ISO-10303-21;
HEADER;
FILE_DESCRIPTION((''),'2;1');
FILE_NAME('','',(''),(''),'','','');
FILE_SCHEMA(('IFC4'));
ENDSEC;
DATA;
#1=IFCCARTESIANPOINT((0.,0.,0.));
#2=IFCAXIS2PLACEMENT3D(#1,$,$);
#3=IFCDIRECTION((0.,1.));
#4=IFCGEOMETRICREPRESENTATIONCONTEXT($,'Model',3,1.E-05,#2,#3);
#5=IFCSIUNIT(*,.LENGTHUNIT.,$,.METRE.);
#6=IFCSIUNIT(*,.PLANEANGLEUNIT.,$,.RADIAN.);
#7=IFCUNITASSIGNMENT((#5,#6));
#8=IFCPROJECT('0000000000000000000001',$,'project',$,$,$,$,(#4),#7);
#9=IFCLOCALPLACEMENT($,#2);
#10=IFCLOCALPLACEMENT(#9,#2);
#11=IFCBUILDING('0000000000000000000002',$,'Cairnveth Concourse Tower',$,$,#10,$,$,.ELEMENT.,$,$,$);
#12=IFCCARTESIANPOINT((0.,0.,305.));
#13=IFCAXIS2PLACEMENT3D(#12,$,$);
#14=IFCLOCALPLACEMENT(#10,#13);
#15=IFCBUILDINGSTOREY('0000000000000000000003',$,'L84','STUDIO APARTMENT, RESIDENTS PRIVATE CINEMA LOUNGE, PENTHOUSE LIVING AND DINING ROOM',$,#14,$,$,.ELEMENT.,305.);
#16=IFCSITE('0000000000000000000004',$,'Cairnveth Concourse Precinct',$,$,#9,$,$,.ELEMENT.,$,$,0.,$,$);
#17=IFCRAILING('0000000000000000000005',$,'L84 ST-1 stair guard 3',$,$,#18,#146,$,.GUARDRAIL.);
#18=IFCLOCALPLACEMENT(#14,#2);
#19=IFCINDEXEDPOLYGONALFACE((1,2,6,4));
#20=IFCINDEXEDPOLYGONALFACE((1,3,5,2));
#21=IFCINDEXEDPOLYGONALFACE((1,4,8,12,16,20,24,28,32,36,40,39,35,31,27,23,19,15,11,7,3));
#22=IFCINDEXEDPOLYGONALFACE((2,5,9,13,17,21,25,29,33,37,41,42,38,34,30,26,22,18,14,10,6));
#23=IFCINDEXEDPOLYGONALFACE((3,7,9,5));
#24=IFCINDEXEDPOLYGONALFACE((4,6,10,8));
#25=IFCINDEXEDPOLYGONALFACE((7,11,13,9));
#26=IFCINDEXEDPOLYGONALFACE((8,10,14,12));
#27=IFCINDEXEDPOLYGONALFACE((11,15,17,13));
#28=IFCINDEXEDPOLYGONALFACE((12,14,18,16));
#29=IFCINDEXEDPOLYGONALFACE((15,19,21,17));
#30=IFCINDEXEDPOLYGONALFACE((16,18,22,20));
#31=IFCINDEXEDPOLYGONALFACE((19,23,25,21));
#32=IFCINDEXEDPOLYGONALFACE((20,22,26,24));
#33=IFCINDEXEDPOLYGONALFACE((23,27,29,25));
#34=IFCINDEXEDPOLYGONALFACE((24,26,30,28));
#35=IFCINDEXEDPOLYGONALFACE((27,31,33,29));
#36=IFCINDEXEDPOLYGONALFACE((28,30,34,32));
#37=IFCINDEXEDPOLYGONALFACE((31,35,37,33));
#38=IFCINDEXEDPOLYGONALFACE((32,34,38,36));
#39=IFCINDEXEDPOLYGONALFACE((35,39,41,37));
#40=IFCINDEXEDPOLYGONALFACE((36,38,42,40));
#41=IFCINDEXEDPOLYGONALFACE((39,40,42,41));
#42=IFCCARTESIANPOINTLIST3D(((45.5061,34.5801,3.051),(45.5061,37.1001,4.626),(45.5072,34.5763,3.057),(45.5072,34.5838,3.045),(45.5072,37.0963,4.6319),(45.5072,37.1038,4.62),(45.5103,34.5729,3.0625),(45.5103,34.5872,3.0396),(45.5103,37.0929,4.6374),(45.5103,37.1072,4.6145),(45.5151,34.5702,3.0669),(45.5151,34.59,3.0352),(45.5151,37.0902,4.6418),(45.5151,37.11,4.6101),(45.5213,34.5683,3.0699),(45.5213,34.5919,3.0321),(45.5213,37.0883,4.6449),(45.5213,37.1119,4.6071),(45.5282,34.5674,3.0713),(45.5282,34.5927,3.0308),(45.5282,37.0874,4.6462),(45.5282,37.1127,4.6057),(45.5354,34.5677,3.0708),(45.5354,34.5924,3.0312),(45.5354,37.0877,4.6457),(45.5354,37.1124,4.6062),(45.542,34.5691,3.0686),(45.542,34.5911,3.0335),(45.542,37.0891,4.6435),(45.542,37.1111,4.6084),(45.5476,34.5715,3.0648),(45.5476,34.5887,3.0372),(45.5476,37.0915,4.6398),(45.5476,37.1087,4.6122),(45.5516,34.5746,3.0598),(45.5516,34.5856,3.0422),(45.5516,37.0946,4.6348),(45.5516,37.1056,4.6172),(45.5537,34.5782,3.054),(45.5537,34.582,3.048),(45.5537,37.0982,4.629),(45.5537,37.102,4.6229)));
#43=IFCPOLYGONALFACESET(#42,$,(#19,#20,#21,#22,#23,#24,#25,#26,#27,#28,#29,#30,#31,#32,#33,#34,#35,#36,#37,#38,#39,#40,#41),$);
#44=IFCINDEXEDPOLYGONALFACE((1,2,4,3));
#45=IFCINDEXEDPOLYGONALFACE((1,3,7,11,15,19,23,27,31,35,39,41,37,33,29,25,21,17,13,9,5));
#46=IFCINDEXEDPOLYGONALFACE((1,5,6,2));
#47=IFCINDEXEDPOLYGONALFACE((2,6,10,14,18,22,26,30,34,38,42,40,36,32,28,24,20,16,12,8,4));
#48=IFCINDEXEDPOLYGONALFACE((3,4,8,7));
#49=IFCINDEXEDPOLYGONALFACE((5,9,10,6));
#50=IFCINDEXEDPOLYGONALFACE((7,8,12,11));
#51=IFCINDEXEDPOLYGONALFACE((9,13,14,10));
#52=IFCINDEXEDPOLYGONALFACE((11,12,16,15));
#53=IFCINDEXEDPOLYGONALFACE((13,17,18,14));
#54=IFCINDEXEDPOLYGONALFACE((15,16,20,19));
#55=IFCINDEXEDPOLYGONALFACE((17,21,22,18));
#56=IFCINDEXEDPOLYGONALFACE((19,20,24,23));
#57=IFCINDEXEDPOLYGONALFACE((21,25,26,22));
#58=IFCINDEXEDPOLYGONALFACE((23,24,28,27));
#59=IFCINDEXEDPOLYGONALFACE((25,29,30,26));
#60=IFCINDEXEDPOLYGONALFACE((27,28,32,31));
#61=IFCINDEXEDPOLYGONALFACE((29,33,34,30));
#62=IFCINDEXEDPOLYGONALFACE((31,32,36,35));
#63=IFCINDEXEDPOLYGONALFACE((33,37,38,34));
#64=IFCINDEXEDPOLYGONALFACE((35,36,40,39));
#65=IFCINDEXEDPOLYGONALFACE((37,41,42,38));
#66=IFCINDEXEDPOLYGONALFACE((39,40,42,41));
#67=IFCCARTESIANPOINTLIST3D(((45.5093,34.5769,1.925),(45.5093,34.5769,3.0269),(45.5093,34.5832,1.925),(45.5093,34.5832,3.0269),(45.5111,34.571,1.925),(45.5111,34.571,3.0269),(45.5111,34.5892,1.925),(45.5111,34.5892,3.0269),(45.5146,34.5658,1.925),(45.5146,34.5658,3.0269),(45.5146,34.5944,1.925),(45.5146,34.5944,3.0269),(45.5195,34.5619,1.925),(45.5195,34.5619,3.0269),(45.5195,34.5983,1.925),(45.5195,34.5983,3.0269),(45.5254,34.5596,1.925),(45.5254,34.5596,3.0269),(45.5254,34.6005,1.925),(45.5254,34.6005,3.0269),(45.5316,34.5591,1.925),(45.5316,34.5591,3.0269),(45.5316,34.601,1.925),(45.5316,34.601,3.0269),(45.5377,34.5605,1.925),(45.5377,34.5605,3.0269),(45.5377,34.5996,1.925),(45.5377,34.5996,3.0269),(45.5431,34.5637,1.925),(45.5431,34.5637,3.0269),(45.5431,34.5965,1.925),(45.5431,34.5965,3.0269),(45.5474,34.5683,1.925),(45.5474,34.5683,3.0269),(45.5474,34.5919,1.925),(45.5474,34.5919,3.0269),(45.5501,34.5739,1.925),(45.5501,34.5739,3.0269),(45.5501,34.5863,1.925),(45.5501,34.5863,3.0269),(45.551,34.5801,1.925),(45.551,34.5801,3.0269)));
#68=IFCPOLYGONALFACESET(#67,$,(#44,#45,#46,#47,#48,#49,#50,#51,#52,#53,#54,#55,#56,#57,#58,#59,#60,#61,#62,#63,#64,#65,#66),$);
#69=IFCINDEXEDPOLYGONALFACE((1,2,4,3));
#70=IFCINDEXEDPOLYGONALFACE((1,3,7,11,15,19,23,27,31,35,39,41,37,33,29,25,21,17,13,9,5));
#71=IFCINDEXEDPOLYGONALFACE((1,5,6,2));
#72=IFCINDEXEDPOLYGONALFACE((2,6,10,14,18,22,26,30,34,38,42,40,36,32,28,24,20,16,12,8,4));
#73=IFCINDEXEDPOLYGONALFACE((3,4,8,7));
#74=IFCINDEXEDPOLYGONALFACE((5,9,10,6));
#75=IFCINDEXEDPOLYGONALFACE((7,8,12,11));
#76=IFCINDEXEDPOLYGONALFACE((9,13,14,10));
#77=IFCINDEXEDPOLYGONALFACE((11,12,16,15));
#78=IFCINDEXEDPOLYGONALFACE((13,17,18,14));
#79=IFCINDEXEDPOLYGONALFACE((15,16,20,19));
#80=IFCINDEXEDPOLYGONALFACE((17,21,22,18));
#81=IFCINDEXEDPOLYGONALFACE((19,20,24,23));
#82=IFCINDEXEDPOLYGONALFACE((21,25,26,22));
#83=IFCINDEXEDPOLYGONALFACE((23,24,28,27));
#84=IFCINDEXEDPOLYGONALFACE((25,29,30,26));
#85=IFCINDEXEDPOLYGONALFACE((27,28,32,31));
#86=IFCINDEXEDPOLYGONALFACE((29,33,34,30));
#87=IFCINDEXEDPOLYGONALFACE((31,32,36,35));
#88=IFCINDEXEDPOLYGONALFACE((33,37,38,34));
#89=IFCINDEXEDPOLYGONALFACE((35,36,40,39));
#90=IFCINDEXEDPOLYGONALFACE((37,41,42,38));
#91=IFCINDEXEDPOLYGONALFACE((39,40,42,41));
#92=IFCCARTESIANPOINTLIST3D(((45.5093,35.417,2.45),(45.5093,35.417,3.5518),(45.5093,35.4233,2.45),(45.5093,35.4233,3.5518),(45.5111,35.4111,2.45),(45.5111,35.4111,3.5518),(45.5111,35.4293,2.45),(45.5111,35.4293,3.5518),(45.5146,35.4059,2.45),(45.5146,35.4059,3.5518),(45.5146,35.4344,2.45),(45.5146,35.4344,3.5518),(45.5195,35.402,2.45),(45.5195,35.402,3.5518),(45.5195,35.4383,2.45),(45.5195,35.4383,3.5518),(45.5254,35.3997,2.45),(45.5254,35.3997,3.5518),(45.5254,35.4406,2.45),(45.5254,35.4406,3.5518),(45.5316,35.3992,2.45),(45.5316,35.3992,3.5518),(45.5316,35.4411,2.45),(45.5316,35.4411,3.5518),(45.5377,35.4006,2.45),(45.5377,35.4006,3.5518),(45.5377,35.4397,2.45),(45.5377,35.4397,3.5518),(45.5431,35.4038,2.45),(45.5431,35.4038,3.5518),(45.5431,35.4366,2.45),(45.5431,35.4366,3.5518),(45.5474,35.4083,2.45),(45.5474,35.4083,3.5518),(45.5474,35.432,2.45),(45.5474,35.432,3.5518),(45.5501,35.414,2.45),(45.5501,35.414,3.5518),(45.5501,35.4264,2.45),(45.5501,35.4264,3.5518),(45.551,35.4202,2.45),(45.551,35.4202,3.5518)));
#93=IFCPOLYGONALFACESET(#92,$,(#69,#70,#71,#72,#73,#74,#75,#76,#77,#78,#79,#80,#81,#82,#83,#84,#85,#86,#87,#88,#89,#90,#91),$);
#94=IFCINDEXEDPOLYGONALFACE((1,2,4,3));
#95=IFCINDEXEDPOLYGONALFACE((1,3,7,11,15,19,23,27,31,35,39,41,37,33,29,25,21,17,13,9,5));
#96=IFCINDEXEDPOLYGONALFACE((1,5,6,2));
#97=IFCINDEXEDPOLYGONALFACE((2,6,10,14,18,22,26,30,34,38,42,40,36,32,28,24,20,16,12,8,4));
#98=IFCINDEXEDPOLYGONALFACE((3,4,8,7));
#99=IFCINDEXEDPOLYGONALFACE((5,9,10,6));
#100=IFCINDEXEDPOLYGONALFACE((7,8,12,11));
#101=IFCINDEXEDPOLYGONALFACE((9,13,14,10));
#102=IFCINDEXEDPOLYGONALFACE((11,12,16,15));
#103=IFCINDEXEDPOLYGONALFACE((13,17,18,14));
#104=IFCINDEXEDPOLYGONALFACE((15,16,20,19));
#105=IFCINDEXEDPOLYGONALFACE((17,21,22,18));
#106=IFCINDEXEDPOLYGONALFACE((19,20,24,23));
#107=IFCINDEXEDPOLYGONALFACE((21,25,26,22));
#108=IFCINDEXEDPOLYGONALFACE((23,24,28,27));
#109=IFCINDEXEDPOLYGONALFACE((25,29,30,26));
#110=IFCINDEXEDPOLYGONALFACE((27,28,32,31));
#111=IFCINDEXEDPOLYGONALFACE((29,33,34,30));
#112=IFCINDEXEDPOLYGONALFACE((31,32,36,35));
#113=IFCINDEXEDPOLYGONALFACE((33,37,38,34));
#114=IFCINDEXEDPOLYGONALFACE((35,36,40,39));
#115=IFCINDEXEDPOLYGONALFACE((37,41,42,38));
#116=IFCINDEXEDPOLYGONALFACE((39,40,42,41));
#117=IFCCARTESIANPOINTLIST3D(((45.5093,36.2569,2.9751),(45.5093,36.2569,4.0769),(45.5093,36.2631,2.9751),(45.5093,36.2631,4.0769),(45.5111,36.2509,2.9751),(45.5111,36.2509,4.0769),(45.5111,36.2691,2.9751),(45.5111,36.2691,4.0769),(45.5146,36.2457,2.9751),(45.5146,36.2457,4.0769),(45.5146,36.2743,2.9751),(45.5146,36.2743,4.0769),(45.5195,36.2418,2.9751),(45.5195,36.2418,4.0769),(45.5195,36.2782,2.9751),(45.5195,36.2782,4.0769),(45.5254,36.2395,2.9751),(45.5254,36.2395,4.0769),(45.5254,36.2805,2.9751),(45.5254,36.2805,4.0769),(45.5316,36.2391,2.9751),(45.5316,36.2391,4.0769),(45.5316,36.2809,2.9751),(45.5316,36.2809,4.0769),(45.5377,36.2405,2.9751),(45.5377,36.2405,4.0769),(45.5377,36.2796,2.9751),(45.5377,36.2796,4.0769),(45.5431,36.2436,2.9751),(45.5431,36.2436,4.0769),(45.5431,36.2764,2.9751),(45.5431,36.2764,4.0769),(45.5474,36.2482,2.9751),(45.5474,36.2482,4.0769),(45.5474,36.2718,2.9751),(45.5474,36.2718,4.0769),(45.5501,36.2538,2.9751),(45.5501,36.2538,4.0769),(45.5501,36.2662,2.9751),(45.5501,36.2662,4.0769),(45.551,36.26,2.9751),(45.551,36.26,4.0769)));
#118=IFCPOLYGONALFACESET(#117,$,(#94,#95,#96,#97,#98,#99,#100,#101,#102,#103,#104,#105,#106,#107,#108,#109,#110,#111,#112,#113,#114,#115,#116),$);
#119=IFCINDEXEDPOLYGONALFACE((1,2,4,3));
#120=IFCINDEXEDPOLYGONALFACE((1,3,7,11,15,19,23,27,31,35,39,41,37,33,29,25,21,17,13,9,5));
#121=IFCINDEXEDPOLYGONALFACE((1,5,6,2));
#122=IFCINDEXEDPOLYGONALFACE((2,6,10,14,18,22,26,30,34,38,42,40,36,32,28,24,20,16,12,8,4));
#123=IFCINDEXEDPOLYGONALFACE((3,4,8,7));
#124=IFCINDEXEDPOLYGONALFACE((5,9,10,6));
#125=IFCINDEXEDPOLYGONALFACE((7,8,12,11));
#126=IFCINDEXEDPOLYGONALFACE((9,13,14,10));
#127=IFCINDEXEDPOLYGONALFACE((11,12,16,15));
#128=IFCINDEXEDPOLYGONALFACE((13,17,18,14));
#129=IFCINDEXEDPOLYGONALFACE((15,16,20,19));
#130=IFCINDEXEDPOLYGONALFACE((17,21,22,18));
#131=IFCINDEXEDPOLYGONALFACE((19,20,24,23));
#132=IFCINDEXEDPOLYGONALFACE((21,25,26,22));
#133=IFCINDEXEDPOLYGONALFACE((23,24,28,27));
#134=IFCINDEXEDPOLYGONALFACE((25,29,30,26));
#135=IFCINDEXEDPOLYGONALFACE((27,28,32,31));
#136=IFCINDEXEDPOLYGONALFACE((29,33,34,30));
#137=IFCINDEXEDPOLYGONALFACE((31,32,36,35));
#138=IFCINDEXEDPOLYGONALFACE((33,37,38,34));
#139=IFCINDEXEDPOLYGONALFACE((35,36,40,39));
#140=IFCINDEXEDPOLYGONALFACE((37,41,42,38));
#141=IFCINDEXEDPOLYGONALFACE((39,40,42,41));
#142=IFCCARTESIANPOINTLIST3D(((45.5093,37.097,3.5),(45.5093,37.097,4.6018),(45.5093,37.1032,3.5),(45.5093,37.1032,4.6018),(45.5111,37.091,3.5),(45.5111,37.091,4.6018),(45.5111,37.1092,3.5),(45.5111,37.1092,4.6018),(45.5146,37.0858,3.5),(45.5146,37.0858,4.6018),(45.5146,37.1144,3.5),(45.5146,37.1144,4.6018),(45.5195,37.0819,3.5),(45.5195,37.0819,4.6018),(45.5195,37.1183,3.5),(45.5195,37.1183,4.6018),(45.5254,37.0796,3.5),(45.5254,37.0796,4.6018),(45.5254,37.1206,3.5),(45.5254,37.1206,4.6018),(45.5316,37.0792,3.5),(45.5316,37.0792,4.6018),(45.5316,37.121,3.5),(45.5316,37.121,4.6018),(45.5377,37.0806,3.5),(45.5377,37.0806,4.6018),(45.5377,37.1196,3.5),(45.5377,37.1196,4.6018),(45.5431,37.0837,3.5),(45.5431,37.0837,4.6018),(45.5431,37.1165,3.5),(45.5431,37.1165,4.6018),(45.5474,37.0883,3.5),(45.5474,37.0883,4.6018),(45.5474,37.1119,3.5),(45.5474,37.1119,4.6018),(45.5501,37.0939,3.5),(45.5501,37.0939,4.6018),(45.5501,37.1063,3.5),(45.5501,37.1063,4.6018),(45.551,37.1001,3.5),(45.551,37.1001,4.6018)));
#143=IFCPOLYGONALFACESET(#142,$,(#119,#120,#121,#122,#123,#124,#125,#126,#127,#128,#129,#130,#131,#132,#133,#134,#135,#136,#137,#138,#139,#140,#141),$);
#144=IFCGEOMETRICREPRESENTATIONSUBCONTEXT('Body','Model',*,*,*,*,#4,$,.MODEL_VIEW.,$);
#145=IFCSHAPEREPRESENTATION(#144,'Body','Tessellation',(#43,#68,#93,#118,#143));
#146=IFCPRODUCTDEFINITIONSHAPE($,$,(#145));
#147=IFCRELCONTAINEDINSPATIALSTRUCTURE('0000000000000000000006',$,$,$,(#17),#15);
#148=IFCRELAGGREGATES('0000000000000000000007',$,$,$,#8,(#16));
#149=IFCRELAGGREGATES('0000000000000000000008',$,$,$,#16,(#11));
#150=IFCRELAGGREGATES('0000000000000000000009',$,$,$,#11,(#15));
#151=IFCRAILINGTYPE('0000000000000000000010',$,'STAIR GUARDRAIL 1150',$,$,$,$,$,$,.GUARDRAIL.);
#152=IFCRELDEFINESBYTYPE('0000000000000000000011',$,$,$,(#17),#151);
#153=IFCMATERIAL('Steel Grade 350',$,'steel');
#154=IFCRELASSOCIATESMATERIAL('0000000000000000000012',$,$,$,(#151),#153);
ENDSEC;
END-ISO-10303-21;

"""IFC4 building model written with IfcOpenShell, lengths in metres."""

from ifc_helpers import new_model, si_unit, direction, frame, origin, origin_2d, place, context, subcontext, project, spatial, circle, extrude, material, type_object, element, save


model = new_model("IFC4")

# Units and contexts
model_context = context("Model", 3, precision=1e-05, world=origin(), true_north=direction((0.0, 1.0)))
body_context = subcontext(model_context, "Body", "Model", "MODEL_VIEW")
ifc_project = project(units=[si_unit("LENGTHUNIT", "METRE"), si_unit("PLANEANGLEUNIT", "RADIAN")], contexts=[model_context])

# Site, building, storey
site_placement = place(None, origin())
site = spatial("IfcSite", under=ifc_project, at=site_placement, Name="Cairnveth Concourse Precinct", CompositionType="ELEMENT", RefElevation=0.0)
building_placement = place(site_placement, origin())
building = spatial("IfcBuilding", under=site, at=building_placement, Name="Cairnveth Concourse Tower", CompositionType="ELEMENT")
storey_placement = place(building_placement, frame((0.0, 0.0, 305.0)))
storey = spatial("IfcBuildingStorey", under=building, at=storey_placement, Name="L84", Description="STUDIO APARTMENT, RESIDENTS PRIVATE CINEMA LOUNGE, PENTHOUSE LIVING AND DINING ROOM", CompositionType="ELEMENT", Elevation=305.0)

# Shared definitions
ifc_material_1 = material(Name="Steel Grade 350", Category="steel")

# Railing
railing_type_1 = type_object("IfcRailingType", Name="STAIR GUARDRAIL 1150", PredefinedType="GUARDRAIL", material=ifc_material_1)
railing_1_placement = place(storey_placement, frame((45.53, 34.5801, 1.925)))
element("IfcRailing", 1, at=railing_1_placement, inside=storey, type_object=railing_type_1, Name="L84 ST-1 stair guard 3", PredefinedType="GUARDRAIL", context=body_context, shape_type="SweptSolid", body=[
    extrude(circle(Radius=0.0239, at=origin_2d()), frame((0.0, 0.0, 1.126), z_axis=(0.0, 0.848008, 0.529984), x_axis=(-1.0, 0.0, 0.0)), (0.0, 0.0, 1.0), 2.9717),
    extrude(circle(Radius=0.021, at=origin_2d()), origin(), (0.0, 0.0, 1.0), 1.1018),
    extrude(circle(Radius=0.021, at=origin_2d()), frame((0.0, 0.8401, 0.5249)), (0.0, 0.0, 1.0), 1.1018),
    extrude(circle(Radius=0.021, at=origin_2d()), frame((0.0, 1.6799, 1.05)), (0.0, 0.0, 1.0), 1.1018),
    extrude(circle(Radius=0.021, at=origin_2d()), frame((0.0, 2.52, 1.575)), (0.0, 0.0, 1.0), 1.1018),
])

save(model, "model.ifc")
